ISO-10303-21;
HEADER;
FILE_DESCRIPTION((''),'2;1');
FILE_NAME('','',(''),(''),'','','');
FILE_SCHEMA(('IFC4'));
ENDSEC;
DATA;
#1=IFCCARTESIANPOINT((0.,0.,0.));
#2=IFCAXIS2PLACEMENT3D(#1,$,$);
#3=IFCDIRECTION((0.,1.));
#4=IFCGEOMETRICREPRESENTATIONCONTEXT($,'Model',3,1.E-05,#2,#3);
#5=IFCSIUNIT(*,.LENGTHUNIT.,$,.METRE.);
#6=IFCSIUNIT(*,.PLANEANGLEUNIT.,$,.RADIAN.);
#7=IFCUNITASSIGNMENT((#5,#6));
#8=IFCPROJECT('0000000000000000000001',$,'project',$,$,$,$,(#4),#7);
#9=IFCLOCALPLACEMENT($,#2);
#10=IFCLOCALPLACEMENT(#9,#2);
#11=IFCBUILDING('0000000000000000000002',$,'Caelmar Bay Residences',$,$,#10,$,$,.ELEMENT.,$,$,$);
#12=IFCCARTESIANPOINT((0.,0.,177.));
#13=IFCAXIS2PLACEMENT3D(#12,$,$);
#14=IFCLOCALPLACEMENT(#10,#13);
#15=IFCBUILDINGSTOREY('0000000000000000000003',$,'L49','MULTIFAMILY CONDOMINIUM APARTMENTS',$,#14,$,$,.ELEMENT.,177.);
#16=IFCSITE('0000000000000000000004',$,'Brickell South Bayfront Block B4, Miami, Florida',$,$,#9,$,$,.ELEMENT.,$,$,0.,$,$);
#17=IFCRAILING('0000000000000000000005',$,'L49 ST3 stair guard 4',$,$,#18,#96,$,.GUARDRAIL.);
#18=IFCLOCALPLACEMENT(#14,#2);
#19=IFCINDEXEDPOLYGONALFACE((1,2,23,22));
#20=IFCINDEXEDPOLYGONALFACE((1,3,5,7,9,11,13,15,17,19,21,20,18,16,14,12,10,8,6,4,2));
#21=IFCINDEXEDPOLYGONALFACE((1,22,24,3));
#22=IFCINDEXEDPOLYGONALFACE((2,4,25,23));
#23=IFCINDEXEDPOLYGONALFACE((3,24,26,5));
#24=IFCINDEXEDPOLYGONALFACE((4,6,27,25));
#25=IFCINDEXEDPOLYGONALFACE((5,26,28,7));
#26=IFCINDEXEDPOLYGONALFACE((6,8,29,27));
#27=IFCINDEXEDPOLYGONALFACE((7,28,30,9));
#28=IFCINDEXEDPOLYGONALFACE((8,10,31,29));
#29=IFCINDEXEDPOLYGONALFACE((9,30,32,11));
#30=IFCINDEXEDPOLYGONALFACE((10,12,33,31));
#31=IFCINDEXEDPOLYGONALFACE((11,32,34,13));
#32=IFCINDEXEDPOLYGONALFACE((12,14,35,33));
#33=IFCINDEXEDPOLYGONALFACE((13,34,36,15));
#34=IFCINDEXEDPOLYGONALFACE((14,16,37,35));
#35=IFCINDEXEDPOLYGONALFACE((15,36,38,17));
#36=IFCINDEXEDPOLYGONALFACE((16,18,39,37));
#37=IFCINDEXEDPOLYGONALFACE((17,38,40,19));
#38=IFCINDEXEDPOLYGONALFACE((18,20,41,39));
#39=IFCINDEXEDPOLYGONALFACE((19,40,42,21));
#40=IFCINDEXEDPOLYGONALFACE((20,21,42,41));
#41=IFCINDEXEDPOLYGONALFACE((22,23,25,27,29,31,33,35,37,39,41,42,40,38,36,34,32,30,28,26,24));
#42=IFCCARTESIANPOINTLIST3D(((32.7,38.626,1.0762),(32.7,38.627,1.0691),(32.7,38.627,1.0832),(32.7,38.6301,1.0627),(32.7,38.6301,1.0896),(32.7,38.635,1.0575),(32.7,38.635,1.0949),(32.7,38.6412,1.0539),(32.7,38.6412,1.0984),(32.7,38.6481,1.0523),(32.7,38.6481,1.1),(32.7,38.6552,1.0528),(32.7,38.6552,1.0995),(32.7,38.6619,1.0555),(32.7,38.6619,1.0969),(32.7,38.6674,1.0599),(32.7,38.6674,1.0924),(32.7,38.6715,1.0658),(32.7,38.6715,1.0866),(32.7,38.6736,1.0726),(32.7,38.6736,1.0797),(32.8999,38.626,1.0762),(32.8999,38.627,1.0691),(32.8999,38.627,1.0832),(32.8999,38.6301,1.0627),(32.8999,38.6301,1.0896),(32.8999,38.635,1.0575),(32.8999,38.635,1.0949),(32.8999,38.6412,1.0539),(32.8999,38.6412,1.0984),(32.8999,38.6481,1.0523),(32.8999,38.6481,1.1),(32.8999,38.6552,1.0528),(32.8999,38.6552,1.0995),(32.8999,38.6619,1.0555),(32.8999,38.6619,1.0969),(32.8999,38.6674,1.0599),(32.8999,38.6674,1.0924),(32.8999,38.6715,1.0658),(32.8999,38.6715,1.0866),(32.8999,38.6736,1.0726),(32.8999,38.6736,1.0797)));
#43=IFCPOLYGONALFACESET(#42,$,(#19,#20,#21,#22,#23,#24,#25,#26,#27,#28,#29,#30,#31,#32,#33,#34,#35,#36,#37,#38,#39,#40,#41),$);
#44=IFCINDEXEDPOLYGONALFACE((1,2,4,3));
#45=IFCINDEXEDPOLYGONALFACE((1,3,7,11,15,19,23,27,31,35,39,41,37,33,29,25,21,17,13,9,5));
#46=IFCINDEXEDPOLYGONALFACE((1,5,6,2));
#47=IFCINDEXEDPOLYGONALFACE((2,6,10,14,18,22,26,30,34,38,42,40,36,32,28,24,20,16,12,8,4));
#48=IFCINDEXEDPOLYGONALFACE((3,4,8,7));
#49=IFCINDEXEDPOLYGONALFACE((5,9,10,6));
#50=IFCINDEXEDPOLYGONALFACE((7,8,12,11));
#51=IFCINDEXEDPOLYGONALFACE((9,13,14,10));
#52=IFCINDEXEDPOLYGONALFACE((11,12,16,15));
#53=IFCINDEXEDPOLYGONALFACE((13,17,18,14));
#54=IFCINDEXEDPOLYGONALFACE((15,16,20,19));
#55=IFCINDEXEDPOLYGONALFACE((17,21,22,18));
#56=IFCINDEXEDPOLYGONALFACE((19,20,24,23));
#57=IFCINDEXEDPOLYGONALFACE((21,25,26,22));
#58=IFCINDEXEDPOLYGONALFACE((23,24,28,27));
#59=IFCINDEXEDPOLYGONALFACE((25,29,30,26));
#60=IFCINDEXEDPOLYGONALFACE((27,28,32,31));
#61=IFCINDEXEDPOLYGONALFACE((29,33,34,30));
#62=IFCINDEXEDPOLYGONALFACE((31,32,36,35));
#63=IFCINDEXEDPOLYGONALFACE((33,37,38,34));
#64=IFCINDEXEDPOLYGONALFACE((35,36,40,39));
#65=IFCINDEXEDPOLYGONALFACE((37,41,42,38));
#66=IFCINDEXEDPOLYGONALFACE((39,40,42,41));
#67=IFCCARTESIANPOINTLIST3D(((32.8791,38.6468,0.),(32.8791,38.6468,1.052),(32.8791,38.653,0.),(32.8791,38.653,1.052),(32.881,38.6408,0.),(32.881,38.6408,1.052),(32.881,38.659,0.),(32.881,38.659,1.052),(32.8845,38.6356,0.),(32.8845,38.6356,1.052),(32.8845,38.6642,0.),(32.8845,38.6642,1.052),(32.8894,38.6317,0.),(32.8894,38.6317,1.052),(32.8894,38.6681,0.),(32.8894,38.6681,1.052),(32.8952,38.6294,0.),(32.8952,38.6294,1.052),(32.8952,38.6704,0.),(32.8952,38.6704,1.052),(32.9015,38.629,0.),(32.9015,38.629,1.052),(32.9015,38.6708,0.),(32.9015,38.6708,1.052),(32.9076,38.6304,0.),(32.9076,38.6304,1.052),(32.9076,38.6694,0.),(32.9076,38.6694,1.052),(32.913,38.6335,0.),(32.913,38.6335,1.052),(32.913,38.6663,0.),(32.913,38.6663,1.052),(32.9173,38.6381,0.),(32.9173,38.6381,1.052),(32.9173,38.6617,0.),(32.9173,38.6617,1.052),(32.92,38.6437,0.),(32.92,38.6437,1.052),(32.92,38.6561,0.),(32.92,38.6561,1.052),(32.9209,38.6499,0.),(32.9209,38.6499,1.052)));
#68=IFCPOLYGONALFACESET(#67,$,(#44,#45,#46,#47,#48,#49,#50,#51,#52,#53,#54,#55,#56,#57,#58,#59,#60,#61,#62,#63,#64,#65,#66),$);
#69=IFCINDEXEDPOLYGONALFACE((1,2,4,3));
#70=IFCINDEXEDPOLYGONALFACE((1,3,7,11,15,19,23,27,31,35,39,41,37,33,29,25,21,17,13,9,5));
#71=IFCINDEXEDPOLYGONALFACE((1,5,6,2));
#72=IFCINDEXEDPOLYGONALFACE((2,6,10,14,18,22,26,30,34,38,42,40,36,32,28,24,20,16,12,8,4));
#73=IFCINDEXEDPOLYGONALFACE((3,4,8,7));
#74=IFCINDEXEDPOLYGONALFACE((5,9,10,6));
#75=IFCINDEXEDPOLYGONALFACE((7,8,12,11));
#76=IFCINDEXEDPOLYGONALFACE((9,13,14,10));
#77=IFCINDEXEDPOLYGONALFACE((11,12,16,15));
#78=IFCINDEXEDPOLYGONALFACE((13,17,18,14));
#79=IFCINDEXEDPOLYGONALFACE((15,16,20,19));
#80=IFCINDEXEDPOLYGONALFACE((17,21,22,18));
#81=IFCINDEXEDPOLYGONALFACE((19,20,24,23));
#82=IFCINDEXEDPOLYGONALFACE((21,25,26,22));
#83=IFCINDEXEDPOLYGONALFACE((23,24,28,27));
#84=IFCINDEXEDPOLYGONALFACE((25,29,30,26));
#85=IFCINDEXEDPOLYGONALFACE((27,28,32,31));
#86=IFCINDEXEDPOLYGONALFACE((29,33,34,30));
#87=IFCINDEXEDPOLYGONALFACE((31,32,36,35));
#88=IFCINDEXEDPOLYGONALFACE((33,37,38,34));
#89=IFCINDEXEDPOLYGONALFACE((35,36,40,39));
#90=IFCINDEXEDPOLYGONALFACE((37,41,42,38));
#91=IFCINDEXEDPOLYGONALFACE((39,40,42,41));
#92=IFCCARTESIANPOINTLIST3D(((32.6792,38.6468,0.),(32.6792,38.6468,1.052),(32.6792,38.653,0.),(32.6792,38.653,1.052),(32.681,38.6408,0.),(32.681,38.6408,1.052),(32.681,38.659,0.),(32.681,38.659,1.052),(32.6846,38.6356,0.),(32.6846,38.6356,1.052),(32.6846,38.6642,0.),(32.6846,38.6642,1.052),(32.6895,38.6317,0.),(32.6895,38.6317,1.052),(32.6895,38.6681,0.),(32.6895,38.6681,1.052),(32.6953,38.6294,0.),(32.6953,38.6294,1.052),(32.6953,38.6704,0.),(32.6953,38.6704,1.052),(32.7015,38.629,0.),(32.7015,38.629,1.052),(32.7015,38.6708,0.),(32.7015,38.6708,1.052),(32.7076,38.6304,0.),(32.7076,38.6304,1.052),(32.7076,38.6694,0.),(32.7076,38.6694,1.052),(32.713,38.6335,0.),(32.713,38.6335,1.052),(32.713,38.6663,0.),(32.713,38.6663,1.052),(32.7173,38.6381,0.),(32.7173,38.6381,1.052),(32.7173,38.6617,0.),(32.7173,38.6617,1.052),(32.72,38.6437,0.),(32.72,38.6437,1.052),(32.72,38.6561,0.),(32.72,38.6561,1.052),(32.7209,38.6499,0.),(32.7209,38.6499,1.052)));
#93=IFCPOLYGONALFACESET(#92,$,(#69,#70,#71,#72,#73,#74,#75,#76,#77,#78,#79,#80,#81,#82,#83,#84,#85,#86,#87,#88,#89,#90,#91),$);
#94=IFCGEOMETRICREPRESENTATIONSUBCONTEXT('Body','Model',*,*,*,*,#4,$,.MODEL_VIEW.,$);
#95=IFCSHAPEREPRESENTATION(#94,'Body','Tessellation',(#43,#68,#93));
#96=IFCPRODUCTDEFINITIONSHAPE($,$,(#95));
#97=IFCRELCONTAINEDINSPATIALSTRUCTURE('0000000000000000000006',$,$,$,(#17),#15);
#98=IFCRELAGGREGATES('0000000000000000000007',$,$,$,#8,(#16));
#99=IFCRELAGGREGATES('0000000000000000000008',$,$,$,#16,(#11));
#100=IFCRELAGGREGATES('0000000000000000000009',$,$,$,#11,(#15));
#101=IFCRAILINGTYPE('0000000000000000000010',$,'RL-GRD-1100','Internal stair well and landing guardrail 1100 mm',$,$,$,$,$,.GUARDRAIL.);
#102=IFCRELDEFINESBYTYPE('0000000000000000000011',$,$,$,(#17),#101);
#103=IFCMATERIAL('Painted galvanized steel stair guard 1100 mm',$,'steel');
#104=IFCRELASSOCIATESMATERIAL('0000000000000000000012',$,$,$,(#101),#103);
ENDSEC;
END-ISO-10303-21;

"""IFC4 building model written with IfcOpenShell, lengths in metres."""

from ifc_helpers import new_model, si_unit, direction, frame, origin, origin_2d, place, context, subcontext, project, spatial, circle, extrude, material, type_object, element, save


model = new_model("IFC4")

# Units and contexts
model_context = context("Model", 3, precision=1e-05, world=origin(), true_north=direction((0.0, 1.0)))
body_context = subcontext(model_context, "Body", "Model", "MODEL_VIEW")
ifc_project = project(units=[si_unit("LENGTHUNIT", "METRE"), si_unit("PLANEANGLEUNIT", "RADIAN")], contexts=[model_context])

# Site, building, storey
site_placement = place(None, origin())
site = spatial("IfcSite", under=ifc_project, at=site_placement, Name="Brickell South Bayfront Block B4, Miami, Florida", CompositionType="ELEMENT", RefElevation=0.0)
building_placement = place(site_placement, origin())
building = spatial("IfcBuilding", under=site, at=building_placement, Name="Caelmar Bay Residences", CompositionType="ELEMENT")
storey_placement = place(building_placement, frame((0.0, 0.0, 177.0)))
storey = spatial("IfcBuildingStorey", under=building, at=storey_placement, Name="L49", Description="MULTIFAMILY CONDOMINIUM APARTMENTS", CompositionType="ELEMENT", Elevation=177.0)

# Railing
ifc_material_1 = material(Name="Painted galvanized steel stair guard 1100 mm", Category="steel")
railing_type_1 = type_object("IfcRailingType", Name="RL-GRD-1100", Description="Internal stair well and landing guardrail 1100 mm", PredefinedType="GUARDRAIL", material=ifc_material_1)
railing_1_placement = place(storey_placement, frame((32.8999, 38.6499, 0.0)))
element("IfcRailing", 1, at=railing_1_placement, inside=storey, type_object=railing_type_1, Name="L49 ST3 stair guard 4", PredefinedType="GUARDRAIL", context=body_context, shape_type="SweptSolid", body=[
    extrude(circle(Radius=0.0239, at=origin_2d()), frame((0.0, 0.0, 1.0762), z_axis=(-1.0, 0.0, 0.0), x_axis=(0.0, -1.0, 0.0)), (0.0, 0.0, 1.0), 0.2),
    extrude(circle(Radius=0.021, at=origin_2d()), origin(), (0.0, 0.0, 1.0), 1.052),
    extrude(circle(Radius=0.021, at=origin_2d()), frame((-0.2, 0.0, 0.0)), (0.0, 0.0, 1.0), 1.052),
])

save(model, "model.ifc")
